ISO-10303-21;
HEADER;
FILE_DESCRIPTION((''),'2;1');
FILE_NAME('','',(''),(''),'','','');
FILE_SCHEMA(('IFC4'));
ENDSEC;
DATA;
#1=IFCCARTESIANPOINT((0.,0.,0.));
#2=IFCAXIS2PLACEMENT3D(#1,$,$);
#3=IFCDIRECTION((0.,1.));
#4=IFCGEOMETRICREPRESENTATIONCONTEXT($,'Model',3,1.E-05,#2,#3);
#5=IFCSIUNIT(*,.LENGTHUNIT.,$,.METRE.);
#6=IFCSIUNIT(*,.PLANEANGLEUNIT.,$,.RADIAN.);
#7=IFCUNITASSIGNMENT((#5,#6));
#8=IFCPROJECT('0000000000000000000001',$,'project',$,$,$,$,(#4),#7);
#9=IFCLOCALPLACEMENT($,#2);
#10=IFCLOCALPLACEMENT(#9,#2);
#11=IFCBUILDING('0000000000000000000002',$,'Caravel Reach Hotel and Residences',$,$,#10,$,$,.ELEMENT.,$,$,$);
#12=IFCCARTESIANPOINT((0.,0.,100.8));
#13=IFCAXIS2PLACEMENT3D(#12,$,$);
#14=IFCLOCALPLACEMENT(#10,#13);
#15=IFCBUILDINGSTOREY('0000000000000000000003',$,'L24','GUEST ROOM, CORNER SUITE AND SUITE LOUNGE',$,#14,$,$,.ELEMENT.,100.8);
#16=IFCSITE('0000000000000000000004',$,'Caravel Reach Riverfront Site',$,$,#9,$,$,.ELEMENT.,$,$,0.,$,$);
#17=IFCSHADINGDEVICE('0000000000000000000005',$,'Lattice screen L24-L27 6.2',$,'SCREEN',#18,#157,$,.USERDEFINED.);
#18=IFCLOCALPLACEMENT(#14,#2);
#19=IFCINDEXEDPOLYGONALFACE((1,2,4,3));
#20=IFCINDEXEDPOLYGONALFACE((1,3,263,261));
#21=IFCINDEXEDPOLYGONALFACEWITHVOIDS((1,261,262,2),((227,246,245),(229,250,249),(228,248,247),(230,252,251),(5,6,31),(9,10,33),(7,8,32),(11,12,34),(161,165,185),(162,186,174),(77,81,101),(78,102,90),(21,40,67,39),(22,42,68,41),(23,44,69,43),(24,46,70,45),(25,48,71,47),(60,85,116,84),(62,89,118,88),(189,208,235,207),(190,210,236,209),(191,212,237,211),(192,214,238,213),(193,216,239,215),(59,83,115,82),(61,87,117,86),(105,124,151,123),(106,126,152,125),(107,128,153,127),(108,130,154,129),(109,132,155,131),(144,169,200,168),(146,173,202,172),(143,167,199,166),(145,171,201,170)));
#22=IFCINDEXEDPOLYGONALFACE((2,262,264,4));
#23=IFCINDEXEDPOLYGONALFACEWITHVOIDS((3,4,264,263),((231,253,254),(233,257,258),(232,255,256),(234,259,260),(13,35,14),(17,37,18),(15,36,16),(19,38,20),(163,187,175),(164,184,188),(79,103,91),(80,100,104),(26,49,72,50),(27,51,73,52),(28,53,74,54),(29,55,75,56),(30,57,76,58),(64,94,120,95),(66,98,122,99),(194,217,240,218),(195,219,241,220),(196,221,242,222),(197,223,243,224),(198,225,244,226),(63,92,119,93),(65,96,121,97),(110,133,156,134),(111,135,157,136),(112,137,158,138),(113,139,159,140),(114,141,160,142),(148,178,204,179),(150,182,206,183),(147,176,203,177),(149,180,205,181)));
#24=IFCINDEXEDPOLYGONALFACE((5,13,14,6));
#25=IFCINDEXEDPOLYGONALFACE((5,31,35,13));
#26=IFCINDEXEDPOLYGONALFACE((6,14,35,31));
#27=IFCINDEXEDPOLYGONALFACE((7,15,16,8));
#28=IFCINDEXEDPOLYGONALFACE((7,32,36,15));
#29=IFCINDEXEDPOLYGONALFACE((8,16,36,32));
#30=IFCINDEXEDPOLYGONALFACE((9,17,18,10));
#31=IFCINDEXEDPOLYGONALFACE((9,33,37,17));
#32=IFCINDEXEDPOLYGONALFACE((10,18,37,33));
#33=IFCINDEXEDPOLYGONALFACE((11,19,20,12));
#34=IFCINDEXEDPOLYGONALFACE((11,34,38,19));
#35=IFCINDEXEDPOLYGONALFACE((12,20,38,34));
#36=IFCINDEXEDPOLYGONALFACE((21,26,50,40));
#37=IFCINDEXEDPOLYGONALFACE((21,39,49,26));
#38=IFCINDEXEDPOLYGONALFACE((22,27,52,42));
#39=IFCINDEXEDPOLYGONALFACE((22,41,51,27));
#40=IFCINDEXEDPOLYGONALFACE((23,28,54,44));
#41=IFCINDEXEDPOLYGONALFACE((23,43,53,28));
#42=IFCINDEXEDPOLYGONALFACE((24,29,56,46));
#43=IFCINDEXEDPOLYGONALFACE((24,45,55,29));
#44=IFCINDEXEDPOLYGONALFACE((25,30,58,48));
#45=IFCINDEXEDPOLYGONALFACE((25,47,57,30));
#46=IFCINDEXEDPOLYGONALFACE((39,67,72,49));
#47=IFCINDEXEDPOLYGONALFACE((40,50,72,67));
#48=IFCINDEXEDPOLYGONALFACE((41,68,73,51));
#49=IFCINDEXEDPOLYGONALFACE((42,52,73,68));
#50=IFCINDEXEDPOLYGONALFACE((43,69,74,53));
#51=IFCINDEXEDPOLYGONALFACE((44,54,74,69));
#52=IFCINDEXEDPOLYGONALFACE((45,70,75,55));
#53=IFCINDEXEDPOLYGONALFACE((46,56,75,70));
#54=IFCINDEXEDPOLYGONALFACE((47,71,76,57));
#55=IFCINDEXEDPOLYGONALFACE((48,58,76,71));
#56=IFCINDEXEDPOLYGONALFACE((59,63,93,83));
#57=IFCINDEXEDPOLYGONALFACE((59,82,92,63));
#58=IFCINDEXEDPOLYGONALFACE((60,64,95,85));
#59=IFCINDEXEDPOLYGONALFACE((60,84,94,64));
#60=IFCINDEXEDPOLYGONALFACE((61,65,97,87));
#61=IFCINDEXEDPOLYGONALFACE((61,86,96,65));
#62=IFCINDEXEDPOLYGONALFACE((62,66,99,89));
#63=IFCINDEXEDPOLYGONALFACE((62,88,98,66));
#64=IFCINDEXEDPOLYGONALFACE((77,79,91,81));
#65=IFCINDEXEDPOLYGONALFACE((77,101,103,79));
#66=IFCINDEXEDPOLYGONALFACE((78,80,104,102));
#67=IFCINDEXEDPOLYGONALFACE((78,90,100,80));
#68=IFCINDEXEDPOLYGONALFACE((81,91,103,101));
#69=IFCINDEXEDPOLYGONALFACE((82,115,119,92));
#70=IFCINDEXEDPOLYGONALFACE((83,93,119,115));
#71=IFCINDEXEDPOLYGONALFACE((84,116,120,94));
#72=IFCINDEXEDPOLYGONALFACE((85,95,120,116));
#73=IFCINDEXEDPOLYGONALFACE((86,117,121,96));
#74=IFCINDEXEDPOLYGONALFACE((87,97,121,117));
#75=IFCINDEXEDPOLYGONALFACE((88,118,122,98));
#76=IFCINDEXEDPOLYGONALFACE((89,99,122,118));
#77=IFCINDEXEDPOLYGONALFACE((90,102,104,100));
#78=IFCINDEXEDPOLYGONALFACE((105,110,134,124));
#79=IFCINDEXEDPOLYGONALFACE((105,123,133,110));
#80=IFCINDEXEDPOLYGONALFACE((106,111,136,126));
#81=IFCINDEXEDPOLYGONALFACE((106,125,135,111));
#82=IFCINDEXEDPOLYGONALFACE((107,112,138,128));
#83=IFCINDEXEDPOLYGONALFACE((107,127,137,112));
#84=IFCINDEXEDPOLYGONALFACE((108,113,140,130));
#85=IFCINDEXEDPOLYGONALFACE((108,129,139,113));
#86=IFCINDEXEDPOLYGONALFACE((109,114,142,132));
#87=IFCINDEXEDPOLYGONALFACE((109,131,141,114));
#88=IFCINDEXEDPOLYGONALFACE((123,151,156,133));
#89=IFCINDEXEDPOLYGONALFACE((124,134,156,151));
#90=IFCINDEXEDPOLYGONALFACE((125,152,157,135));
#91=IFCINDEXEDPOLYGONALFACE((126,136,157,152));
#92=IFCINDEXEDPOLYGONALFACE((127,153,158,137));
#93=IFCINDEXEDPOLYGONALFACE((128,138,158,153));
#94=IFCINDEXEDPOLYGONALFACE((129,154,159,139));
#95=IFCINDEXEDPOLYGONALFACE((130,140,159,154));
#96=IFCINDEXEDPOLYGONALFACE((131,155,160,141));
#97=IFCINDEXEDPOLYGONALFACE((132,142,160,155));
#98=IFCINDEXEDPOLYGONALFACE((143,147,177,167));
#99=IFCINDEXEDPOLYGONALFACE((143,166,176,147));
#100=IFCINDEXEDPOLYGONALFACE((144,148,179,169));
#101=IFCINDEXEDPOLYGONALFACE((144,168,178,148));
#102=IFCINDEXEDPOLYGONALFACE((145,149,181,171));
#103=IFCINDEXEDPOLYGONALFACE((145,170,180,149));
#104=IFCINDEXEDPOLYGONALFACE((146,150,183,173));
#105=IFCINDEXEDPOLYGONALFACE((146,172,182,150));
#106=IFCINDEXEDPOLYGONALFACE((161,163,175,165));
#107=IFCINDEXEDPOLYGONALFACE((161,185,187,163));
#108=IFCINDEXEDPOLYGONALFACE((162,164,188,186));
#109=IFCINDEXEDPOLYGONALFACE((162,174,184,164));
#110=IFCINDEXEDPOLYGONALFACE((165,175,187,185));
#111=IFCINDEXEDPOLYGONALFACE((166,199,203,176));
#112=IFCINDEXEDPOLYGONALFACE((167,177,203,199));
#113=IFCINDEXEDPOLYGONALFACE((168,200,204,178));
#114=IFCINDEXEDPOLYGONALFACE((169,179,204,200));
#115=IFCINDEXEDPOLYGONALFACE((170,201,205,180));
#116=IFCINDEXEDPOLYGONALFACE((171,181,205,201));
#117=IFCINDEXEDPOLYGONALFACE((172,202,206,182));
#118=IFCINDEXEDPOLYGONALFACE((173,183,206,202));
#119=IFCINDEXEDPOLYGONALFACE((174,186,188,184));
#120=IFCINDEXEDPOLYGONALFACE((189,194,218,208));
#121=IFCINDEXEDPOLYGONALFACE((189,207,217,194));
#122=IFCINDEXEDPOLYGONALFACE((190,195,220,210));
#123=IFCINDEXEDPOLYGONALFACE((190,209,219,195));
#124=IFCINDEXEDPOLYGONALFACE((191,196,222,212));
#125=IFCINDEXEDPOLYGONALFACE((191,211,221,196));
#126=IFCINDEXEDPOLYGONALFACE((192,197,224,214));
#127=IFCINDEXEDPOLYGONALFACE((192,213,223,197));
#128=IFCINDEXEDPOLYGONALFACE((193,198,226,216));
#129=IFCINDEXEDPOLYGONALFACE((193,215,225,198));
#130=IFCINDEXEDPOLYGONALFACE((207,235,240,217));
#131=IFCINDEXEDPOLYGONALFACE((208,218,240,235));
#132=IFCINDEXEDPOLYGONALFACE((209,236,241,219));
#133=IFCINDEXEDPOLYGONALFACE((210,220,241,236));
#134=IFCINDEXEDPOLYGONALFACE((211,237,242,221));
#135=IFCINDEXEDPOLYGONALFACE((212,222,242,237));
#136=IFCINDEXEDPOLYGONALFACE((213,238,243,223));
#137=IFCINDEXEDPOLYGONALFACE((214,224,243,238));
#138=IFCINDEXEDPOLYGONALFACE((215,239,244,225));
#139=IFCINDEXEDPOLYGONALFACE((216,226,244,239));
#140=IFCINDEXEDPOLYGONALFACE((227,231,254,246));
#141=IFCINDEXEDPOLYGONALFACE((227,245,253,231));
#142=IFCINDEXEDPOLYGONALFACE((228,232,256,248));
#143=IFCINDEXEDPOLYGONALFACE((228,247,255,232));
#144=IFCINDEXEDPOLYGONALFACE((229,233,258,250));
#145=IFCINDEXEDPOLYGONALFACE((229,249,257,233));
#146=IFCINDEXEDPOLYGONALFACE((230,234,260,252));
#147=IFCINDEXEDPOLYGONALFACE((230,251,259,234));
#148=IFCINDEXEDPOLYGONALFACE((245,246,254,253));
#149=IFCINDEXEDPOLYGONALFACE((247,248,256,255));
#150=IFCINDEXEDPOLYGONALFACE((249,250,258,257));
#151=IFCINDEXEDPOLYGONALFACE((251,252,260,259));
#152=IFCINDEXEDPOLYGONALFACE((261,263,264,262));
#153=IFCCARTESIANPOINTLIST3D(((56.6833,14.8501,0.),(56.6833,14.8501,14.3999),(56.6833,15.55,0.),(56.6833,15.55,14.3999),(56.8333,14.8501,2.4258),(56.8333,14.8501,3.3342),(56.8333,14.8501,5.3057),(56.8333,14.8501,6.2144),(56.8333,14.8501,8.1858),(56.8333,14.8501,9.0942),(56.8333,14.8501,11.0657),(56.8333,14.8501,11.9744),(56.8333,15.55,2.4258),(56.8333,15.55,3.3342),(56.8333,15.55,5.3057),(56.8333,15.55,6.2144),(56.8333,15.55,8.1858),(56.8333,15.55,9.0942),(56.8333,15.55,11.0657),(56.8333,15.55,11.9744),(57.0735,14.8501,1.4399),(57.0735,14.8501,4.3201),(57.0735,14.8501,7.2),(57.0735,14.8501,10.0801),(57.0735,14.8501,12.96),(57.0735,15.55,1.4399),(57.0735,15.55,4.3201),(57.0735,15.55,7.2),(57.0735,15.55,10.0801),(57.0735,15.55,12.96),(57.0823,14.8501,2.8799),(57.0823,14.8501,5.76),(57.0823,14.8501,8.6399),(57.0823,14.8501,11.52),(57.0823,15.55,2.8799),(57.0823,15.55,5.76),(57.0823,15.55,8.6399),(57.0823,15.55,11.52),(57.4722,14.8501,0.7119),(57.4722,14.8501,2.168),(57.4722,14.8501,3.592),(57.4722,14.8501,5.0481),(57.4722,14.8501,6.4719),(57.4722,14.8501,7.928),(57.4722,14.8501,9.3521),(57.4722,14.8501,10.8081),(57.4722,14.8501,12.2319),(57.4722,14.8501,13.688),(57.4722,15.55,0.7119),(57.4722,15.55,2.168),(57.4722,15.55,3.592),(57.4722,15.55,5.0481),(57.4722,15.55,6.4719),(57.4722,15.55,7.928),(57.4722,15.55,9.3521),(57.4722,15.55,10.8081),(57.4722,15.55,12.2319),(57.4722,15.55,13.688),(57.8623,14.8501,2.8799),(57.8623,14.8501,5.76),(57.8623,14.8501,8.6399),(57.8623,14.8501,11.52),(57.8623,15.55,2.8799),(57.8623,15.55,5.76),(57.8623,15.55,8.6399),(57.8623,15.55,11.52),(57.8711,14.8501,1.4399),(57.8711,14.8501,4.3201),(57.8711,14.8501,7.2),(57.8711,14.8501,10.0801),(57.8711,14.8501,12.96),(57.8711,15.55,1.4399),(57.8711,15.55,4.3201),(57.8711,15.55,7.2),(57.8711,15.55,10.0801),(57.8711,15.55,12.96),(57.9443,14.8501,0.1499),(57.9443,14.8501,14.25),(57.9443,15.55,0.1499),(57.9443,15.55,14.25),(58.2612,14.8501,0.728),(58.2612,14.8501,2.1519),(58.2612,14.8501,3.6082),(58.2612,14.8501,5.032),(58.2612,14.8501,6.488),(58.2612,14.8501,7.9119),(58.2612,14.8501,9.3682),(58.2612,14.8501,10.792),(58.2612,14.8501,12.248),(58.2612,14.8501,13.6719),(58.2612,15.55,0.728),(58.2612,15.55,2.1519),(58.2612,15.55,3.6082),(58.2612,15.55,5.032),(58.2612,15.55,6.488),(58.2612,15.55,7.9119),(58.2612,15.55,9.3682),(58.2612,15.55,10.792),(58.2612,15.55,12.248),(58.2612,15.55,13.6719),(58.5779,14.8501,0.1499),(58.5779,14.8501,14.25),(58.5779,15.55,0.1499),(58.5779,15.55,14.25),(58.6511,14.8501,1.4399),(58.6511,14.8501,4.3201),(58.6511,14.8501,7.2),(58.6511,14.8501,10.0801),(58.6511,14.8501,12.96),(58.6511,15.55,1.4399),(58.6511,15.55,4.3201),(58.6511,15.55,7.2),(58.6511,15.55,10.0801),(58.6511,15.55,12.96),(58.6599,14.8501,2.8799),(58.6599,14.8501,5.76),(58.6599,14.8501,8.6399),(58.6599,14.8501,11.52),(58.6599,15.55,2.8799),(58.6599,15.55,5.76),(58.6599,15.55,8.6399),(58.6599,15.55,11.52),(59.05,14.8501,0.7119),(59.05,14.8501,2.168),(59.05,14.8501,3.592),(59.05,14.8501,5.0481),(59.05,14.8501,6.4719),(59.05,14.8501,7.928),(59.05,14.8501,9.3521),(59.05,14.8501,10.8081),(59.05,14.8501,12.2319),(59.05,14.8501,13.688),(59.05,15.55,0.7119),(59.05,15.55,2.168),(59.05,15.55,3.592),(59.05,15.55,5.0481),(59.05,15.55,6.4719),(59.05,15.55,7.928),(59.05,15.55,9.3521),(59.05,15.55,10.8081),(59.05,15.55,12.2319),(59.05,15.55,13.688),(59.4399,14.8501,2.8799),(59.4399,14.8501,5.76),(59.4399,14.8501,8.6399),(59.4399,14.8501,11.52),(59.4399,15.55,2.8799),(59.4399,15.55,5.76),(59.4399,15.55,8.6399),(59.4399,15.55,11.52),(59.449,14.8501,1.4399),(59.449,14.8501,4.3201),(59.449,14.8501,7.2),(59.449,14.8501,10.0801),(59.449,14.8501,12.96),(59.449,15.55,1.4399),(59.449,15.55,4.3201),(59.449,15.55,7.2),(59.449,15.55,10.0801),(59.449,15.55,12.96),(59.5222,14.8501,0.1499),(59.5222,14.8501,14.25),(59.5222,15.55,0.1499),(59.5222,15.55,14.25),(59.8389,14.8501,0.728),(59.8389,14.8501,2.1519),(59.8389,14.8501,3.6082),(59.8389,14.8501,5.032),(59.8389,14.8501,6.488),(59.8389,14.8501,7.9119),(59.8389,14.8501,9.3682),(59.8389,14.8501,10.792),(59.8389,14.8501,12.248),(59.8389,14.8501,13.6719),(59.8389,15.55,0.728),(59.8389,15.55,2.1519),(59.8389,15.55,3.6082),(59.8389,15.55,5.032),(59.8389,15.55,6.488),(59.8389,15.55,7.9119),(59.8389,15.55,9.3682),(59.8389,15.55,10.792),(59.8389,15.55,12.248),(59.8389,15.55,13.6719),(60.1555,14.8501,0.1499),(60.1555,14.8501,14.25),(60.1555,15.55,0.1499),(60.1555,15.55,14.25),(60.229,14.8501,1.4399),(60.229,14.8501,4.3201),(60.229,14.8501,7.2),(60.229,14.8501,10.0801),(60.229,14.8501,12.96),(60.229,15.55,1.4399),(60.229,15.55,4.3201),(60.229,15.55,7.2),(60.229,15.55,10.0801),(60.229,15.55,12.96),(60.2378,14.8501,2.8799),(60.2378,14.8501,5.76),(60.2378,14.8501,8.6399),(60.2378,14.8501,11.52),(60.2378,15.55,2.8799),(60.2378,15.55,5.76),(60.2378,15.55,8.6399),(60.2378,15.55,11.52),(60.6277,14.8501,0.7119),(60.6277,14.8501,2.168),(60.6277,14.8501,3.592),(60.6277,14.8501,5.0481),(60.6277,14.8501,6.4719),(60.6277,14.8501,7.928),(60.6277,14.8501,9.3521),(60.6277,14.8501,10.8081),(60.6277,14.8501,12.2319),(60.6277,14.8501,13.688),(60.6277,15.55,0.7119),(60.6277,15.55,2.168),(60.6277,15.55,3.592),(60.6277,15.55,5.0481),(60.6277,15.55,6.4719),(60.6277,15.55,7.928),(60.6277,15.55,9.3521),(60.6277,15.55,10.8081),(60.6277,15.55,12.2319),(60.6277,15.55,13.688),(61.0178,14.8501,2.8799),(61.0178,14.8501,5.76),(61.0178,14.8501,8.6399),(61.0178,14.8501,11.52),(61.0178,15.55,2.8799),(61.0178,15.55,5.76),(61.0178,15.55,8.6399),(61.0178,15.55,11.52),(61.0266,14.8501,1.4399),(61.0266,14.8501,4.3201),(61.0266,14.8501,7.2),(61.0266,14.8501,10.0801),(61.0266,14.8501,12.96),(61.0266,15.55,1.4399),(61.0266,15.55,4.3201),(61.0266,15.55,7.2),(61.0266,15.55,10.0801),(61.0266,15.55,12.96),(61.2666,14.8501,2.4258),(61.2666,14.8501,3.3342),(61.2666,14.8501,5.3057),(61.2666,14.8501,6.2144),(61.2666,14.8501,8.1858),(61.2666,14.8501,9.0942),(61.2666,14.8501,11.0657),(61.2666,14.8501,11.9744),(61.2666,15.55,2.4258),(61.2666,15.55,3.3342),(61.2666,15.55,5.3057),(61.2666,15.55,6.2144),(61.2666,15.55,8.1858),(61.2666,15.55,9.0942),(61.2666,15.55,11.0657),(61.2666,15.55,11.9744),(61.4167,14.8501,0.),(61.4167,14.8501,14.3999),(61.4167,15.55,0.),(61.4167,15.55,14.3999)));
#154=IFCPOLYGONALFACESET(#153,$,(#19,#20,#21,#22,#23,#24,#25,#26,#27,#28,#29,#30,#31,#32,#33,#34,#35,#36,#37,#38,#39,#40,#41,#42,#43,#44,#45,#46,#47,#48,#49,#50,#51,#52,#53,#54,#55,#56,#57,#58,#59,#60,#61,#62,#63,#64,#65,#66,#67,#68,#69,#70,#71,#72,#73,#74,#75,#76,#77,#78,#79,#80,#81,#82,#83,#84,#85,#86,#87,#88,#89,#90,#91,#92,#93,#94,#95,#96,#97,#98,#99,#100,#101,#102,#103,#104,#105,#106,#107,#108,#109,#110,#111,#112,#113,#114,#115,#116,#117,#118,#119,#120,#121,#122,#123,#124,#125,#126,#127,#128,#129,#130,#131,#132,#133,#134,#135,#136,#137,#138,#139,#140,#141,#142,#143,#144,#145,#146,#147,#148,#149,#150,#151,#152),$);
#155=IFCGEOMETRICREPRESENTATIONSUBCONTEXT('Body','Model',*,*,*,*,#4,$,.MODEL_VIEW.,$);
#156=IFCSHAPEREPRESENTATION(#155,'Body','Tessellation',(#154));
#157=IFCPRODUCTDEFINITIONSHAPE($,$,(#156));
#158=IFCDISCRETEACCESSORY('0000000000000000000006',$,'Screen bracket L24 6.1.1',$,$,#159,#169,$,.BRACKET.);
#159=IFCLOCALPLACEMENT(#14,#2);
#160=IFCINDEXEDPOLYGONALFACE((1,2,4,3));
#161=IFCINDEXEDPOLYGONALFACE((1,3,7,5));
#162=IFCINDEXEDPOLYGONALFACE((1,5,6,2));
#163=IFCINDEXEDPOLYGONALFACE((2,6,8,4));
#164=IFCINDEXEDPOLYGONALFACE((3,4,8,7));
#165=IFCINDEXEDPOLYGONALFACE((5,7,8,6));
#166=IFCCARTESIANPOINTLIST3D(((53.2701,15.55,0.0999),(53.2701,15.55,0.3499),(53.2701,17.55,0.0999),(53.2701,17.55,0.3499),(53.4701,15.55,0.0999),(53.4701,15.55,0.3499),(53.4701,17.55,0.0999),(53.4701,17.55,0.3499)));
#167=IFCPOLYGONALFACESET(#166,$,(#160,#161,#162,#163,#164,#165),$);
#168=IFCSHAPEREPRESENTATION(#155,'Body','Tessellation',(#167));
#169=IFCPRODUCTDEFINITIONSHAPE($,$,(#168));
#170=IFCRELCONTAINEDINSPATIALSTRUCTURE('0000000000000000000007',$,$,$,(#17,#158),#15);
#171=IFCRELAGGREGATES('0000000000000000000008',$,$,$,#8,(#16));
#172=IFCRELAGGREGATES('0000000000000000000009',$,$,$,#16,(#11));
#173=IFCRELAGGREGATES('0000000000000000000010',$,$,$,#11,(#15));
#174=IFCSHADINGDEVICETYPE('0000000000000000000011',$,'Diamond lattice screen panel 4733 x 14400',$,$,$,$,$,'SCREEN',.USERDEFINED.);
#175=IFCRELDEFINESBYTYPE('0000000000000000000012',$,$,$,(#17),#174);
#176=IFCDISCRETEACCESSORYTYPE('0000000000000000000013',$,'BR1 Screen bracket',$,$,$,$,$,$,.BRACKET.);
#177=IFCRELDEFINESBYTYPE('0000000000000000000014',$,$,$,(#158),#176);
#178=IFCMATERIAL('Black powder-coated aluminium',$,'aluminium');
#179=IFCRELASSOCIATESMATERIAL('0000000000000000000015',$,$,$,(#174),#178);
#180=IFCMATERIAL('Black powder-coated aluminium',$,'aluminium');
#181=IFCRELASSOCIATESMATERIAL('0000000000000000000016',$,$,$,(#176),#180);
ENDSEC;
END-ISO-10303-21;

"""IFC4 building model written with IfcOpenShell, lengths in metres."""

from ifc_helpers import new_model, si_unit, direction, frame, origin, origin_2d, place, context, subcontext, project, spatial, polyline, rectangle, outline, extrude, material, type_object, element, save


model = new_model("IFC4")

# Units and contexts
model_context = context("Model", 3, precision=1e-05, world=origin(), true_north=direction((0.0, 1.0)))
body_context = subcontext(model_context, "Body", "Model", "MODEL_VIEW")
ifc_project = project(units=[si_unit("LENGTHUNIT", "METRE"), si_unit("PLANEANGLEUNIT", "RADIAN")], contexts=[model_context])

# Site, building, storey
site_placement = place(None, origin())
site = spatial("IfcSite", under=ifc_project, at=site_placement, Name="Caravel Reach Riverfront Site", CompositionType="ELEMENT", RefElevation=0.0)
building_placement = place(site_placement, origin())
building = spatial("IfcBuilding", under=site, at=building_placement, Name="Caravel Reach Hotel and Residences", CompositionType="ELEMENT")
storey_placement = place(building_placement, frame((0.0, 0.0, 100.8)))
storey = spatial("IfcBuildingStorey", under=building, at=storey_placement, Name="L24", Description="GUEST ROOM, CORNER SUITE AND SUITE LOUNGE", CompositionType="ELEMENT", Elevation=100.8)

# Shading device
ifc_material_1 = material(Name="Black powder-coated aluminium", Category="aluminium")
shading_device_type_1 = type_object("IfcShadingDeviceType", Name="Diamond lattice screen panel 4733 x 14400", ElementType="SCREEN", PredefinedType="USERDEFINED", material=ifc_material_1)
shading_device_1_placement = place(storey_placement, frame((56.6833, 15.55, 0.0), z_axis=(0.0, -1.0, 0.0), x_axis=(1.0, 0.0, 0.0)))
element("IfcShadingDevice", 1, at=shading_device_1_placement, inside=storey, type_object=shading_device_type_1, Name="Lattice screen L24-L27 6.2", ObjectType="SCREEN", PredefinedType="USERDEFINED", context=body_context, shape_type="SweptSolid", body=[
    extrude(outline(polyline([(0.0, 0.0), (4.7334, 0.0), (4.7334, 14.3999), (0.0, 14.3999), (0.0, 0.0)]), holes=[polyline([(0.3989, 2.8799), (0.1499, 3.3342), (0.1499, 2.4258), (0.3989, 2.8799)]), polyline([(0.3989, 5.76), (0.1499, 6.2144), (0.1499, 5.3057), (0.3989, 5.76)]), polyline([(0.3989, 8.6399), (0.1499, 9.0942), (0.1499, 8.1858), (0.3989, 8.6399)]), polyline([(0.3989, 11.52), (0.1499, 11.9744), (0.1499, 11.0657), (0.3989, 11.52)]), polyline([(0.7888, 2.168), (0.3901, 1.4399), (0.7888, 0.7119), (1.1877, 1.4399), (0.7888, 2.168)]), polyline([(0.7888, 5.0481), (0.3901, 4.3201), (0.7888, 3.592), (1.1877, 4.3201), (0.7888, 5.0481)]), polyline([(0.7888, 7.928), (0.3901, 7.2), (0.7888, 6.4719), (1.1877, 7.2), (0.7888, 7.928)]), polyline([(0.7888, 10.8081), (0.3901, 10.0801), (0.7888, 9.3521), (1.1877, 10.0801), (0.7888, 10.8081)]), polyline([(0.7888, 13.688), (0.3901, 12.96), (0.7888, 12.2319), (1.1877, 12.96), (0.7888, 13.688)]), polyline([(1.5779, 0.728), (1.261, 0.1499), (1.8945, 0.1499), (1.5779, 0.728)]), polyline([(1.5779, 3.6082), (1.179, 2.8799), (1.5779, 2.1519), (1.9766, 2.8799), (1.5779, 3.6082)]), polyline([(1.5779, 6.488), (1.179, 5.76), (1.5779, 5.032), (1.9766, 5.76), (1.5779, 6.488)]), polyline([(1.5779, 9.3682), (1.179, 8.6399), (1.5779, 7.9119), (1.9766, 8.6399), (1.5779, 9.3682)]), polyline([(1.5779, 12.248), (1.179, 11.52), (1.5779, 10.792), (1.9766, 11.52), (1.5779, 12.248)]), polyline([(1.5779, 13.6719), (1.8945, 14.25), (1.261, 14.25), (1.5779, 13.6719)]), polyline([(2.3667, 2.168), (1.9678, 1.4399), (2.3667, 0.7119), (2.7656, 1.4399), (2.3667, 2.168)]), polyline([(2.3667, 5.0481), (1.9678, 4.3201), (2.3667, 3.592), (2.7656, 4.3201), (2.3667, 5.0481)]), polyline([(2.3667, 7.928), (1.9678, 7.2), (2.3667, 6.4719), (2.7656, 7.2), (2.3667, 7.928)]), polyline([(2.3667, 10.8081), (1.9678, 10.0801), (2.3667, 9.3521), (2.7656, 10.0801), (2.3667, 10.8081)]), polyline([(2.3667, 13.688), (1.9678, 12.96), (2.3667, 12.2319), (2.7656, 12.96), (2.3667, 13.688)]), polyline([(3.1555, 0.728), (2.8389, 0.1499), (3.4722, 0.1499), (3.1555, 0.728)]), polyline([(3.1555, 3.6082), (2.7566, 2.8799), (3.1555, 2.1519), (3.5544, 2.8799), (3.1555, 3.6082)]), polyline([(3.1555, 6.488), (2.7566, 5.76), (3.1555, 5.032), (3.5544, 5.76), (3.1555, 6.488)]), polyline([(3.1555, 9.3682), (2.7566, 8.6399), (3.1555, 7.9119), (3.5544, 8.6399), (3.1555, 9.3682)]), polyline([(3.1555, 12.248), (2.7566, 11.52), (3.1555, 10.792), (3.5544, 11.52), (3.1555, 12.248)]), polyline([(3.1555, 13.6719), (3.4722, 14.25), (2.8389, 14.25), (3.1555, 13.6719)]), polyline([(3.9443, 2.168), (3.5457, 1.4399), (3.9443, 0.7119), (4.3433, 1.4399), (3.9443, 2.168)]), polyline([(3.9443, 5.0481), (3.5457, 4.3201), (3.9443, 3.592), (4.3433, 4.3201), (3.9443, 5.0481)]), polyline([(3.9443, 7.928), (3.5457, 7.2), (3.9443, 6.4719), (4.3433, 7.2), (3.9443, 7.928)]), polyline([(3.9443, 10.8081), (3.5457, 10.0801), (3.9443, 9.3521), (4.3433, 10.0801), (3.9443, 10.8081)]), polyline([(3.9443, 13.688), (3.5457, 12.96), (3.9443, 12.2319), (4.3433, 12.96), (3.9443, 13.688)]), polyline([(4.3345, 2.8799), (4.5833, 2.4258), (4.5833, 3.3342), (4.3345, 2.8799)]), polyline([(4.3345, 5.76), (4.5833, 5.3057), (4.5833, 6.2144), (4.3345, 5.76)]), polyline([(4.3345, 8.6399), (4.5833, 8.1858), (4.5833, 9.0942), (4.3345, 8.6399)]), polyline([(4.3345, 11.52), (4.5833, 11.0657), (4.5833, 11.9744), (4.3345, 11.52)])]), origin(), (0.0, 0.0, 1.0), 0.7),
])

# Discrete accessory
ifc_material_2 = material(Name="Black powder-coated aluminium", Category="aluminium")
discrete_accessory_type = type_object("IfcDiscreteAccessoryType", Name="BR1 Screen bracket", PredefinedType="BRACKET", material=ifc_material_2)
for number, where, z_axis, x_axis, name in (
    (2, (53.3701, 16.55, 0.0999), (0.0, 0.0, 1.0), (0.0, -1.0, 0.0), "Screen bracket L24 6.1.1"),
):
    element("IfcDiscreteAccessory", number, at=place(storey_placement, frame(where, z_axis=z_axis, x_axis=x_axis)), inside=storey, type_object=discrete_accessory_type, Name=name, PredefinedType="BRACKET", context=body_context, shape_type="SweptSolid", body=[
        extrude(rectangle(XDim=2.0, YDim=0.2, at=origin_2d()), origin(), (0.0, 0.0, 1.0), 0.25),
    ])

save(model, "model.ifc")
